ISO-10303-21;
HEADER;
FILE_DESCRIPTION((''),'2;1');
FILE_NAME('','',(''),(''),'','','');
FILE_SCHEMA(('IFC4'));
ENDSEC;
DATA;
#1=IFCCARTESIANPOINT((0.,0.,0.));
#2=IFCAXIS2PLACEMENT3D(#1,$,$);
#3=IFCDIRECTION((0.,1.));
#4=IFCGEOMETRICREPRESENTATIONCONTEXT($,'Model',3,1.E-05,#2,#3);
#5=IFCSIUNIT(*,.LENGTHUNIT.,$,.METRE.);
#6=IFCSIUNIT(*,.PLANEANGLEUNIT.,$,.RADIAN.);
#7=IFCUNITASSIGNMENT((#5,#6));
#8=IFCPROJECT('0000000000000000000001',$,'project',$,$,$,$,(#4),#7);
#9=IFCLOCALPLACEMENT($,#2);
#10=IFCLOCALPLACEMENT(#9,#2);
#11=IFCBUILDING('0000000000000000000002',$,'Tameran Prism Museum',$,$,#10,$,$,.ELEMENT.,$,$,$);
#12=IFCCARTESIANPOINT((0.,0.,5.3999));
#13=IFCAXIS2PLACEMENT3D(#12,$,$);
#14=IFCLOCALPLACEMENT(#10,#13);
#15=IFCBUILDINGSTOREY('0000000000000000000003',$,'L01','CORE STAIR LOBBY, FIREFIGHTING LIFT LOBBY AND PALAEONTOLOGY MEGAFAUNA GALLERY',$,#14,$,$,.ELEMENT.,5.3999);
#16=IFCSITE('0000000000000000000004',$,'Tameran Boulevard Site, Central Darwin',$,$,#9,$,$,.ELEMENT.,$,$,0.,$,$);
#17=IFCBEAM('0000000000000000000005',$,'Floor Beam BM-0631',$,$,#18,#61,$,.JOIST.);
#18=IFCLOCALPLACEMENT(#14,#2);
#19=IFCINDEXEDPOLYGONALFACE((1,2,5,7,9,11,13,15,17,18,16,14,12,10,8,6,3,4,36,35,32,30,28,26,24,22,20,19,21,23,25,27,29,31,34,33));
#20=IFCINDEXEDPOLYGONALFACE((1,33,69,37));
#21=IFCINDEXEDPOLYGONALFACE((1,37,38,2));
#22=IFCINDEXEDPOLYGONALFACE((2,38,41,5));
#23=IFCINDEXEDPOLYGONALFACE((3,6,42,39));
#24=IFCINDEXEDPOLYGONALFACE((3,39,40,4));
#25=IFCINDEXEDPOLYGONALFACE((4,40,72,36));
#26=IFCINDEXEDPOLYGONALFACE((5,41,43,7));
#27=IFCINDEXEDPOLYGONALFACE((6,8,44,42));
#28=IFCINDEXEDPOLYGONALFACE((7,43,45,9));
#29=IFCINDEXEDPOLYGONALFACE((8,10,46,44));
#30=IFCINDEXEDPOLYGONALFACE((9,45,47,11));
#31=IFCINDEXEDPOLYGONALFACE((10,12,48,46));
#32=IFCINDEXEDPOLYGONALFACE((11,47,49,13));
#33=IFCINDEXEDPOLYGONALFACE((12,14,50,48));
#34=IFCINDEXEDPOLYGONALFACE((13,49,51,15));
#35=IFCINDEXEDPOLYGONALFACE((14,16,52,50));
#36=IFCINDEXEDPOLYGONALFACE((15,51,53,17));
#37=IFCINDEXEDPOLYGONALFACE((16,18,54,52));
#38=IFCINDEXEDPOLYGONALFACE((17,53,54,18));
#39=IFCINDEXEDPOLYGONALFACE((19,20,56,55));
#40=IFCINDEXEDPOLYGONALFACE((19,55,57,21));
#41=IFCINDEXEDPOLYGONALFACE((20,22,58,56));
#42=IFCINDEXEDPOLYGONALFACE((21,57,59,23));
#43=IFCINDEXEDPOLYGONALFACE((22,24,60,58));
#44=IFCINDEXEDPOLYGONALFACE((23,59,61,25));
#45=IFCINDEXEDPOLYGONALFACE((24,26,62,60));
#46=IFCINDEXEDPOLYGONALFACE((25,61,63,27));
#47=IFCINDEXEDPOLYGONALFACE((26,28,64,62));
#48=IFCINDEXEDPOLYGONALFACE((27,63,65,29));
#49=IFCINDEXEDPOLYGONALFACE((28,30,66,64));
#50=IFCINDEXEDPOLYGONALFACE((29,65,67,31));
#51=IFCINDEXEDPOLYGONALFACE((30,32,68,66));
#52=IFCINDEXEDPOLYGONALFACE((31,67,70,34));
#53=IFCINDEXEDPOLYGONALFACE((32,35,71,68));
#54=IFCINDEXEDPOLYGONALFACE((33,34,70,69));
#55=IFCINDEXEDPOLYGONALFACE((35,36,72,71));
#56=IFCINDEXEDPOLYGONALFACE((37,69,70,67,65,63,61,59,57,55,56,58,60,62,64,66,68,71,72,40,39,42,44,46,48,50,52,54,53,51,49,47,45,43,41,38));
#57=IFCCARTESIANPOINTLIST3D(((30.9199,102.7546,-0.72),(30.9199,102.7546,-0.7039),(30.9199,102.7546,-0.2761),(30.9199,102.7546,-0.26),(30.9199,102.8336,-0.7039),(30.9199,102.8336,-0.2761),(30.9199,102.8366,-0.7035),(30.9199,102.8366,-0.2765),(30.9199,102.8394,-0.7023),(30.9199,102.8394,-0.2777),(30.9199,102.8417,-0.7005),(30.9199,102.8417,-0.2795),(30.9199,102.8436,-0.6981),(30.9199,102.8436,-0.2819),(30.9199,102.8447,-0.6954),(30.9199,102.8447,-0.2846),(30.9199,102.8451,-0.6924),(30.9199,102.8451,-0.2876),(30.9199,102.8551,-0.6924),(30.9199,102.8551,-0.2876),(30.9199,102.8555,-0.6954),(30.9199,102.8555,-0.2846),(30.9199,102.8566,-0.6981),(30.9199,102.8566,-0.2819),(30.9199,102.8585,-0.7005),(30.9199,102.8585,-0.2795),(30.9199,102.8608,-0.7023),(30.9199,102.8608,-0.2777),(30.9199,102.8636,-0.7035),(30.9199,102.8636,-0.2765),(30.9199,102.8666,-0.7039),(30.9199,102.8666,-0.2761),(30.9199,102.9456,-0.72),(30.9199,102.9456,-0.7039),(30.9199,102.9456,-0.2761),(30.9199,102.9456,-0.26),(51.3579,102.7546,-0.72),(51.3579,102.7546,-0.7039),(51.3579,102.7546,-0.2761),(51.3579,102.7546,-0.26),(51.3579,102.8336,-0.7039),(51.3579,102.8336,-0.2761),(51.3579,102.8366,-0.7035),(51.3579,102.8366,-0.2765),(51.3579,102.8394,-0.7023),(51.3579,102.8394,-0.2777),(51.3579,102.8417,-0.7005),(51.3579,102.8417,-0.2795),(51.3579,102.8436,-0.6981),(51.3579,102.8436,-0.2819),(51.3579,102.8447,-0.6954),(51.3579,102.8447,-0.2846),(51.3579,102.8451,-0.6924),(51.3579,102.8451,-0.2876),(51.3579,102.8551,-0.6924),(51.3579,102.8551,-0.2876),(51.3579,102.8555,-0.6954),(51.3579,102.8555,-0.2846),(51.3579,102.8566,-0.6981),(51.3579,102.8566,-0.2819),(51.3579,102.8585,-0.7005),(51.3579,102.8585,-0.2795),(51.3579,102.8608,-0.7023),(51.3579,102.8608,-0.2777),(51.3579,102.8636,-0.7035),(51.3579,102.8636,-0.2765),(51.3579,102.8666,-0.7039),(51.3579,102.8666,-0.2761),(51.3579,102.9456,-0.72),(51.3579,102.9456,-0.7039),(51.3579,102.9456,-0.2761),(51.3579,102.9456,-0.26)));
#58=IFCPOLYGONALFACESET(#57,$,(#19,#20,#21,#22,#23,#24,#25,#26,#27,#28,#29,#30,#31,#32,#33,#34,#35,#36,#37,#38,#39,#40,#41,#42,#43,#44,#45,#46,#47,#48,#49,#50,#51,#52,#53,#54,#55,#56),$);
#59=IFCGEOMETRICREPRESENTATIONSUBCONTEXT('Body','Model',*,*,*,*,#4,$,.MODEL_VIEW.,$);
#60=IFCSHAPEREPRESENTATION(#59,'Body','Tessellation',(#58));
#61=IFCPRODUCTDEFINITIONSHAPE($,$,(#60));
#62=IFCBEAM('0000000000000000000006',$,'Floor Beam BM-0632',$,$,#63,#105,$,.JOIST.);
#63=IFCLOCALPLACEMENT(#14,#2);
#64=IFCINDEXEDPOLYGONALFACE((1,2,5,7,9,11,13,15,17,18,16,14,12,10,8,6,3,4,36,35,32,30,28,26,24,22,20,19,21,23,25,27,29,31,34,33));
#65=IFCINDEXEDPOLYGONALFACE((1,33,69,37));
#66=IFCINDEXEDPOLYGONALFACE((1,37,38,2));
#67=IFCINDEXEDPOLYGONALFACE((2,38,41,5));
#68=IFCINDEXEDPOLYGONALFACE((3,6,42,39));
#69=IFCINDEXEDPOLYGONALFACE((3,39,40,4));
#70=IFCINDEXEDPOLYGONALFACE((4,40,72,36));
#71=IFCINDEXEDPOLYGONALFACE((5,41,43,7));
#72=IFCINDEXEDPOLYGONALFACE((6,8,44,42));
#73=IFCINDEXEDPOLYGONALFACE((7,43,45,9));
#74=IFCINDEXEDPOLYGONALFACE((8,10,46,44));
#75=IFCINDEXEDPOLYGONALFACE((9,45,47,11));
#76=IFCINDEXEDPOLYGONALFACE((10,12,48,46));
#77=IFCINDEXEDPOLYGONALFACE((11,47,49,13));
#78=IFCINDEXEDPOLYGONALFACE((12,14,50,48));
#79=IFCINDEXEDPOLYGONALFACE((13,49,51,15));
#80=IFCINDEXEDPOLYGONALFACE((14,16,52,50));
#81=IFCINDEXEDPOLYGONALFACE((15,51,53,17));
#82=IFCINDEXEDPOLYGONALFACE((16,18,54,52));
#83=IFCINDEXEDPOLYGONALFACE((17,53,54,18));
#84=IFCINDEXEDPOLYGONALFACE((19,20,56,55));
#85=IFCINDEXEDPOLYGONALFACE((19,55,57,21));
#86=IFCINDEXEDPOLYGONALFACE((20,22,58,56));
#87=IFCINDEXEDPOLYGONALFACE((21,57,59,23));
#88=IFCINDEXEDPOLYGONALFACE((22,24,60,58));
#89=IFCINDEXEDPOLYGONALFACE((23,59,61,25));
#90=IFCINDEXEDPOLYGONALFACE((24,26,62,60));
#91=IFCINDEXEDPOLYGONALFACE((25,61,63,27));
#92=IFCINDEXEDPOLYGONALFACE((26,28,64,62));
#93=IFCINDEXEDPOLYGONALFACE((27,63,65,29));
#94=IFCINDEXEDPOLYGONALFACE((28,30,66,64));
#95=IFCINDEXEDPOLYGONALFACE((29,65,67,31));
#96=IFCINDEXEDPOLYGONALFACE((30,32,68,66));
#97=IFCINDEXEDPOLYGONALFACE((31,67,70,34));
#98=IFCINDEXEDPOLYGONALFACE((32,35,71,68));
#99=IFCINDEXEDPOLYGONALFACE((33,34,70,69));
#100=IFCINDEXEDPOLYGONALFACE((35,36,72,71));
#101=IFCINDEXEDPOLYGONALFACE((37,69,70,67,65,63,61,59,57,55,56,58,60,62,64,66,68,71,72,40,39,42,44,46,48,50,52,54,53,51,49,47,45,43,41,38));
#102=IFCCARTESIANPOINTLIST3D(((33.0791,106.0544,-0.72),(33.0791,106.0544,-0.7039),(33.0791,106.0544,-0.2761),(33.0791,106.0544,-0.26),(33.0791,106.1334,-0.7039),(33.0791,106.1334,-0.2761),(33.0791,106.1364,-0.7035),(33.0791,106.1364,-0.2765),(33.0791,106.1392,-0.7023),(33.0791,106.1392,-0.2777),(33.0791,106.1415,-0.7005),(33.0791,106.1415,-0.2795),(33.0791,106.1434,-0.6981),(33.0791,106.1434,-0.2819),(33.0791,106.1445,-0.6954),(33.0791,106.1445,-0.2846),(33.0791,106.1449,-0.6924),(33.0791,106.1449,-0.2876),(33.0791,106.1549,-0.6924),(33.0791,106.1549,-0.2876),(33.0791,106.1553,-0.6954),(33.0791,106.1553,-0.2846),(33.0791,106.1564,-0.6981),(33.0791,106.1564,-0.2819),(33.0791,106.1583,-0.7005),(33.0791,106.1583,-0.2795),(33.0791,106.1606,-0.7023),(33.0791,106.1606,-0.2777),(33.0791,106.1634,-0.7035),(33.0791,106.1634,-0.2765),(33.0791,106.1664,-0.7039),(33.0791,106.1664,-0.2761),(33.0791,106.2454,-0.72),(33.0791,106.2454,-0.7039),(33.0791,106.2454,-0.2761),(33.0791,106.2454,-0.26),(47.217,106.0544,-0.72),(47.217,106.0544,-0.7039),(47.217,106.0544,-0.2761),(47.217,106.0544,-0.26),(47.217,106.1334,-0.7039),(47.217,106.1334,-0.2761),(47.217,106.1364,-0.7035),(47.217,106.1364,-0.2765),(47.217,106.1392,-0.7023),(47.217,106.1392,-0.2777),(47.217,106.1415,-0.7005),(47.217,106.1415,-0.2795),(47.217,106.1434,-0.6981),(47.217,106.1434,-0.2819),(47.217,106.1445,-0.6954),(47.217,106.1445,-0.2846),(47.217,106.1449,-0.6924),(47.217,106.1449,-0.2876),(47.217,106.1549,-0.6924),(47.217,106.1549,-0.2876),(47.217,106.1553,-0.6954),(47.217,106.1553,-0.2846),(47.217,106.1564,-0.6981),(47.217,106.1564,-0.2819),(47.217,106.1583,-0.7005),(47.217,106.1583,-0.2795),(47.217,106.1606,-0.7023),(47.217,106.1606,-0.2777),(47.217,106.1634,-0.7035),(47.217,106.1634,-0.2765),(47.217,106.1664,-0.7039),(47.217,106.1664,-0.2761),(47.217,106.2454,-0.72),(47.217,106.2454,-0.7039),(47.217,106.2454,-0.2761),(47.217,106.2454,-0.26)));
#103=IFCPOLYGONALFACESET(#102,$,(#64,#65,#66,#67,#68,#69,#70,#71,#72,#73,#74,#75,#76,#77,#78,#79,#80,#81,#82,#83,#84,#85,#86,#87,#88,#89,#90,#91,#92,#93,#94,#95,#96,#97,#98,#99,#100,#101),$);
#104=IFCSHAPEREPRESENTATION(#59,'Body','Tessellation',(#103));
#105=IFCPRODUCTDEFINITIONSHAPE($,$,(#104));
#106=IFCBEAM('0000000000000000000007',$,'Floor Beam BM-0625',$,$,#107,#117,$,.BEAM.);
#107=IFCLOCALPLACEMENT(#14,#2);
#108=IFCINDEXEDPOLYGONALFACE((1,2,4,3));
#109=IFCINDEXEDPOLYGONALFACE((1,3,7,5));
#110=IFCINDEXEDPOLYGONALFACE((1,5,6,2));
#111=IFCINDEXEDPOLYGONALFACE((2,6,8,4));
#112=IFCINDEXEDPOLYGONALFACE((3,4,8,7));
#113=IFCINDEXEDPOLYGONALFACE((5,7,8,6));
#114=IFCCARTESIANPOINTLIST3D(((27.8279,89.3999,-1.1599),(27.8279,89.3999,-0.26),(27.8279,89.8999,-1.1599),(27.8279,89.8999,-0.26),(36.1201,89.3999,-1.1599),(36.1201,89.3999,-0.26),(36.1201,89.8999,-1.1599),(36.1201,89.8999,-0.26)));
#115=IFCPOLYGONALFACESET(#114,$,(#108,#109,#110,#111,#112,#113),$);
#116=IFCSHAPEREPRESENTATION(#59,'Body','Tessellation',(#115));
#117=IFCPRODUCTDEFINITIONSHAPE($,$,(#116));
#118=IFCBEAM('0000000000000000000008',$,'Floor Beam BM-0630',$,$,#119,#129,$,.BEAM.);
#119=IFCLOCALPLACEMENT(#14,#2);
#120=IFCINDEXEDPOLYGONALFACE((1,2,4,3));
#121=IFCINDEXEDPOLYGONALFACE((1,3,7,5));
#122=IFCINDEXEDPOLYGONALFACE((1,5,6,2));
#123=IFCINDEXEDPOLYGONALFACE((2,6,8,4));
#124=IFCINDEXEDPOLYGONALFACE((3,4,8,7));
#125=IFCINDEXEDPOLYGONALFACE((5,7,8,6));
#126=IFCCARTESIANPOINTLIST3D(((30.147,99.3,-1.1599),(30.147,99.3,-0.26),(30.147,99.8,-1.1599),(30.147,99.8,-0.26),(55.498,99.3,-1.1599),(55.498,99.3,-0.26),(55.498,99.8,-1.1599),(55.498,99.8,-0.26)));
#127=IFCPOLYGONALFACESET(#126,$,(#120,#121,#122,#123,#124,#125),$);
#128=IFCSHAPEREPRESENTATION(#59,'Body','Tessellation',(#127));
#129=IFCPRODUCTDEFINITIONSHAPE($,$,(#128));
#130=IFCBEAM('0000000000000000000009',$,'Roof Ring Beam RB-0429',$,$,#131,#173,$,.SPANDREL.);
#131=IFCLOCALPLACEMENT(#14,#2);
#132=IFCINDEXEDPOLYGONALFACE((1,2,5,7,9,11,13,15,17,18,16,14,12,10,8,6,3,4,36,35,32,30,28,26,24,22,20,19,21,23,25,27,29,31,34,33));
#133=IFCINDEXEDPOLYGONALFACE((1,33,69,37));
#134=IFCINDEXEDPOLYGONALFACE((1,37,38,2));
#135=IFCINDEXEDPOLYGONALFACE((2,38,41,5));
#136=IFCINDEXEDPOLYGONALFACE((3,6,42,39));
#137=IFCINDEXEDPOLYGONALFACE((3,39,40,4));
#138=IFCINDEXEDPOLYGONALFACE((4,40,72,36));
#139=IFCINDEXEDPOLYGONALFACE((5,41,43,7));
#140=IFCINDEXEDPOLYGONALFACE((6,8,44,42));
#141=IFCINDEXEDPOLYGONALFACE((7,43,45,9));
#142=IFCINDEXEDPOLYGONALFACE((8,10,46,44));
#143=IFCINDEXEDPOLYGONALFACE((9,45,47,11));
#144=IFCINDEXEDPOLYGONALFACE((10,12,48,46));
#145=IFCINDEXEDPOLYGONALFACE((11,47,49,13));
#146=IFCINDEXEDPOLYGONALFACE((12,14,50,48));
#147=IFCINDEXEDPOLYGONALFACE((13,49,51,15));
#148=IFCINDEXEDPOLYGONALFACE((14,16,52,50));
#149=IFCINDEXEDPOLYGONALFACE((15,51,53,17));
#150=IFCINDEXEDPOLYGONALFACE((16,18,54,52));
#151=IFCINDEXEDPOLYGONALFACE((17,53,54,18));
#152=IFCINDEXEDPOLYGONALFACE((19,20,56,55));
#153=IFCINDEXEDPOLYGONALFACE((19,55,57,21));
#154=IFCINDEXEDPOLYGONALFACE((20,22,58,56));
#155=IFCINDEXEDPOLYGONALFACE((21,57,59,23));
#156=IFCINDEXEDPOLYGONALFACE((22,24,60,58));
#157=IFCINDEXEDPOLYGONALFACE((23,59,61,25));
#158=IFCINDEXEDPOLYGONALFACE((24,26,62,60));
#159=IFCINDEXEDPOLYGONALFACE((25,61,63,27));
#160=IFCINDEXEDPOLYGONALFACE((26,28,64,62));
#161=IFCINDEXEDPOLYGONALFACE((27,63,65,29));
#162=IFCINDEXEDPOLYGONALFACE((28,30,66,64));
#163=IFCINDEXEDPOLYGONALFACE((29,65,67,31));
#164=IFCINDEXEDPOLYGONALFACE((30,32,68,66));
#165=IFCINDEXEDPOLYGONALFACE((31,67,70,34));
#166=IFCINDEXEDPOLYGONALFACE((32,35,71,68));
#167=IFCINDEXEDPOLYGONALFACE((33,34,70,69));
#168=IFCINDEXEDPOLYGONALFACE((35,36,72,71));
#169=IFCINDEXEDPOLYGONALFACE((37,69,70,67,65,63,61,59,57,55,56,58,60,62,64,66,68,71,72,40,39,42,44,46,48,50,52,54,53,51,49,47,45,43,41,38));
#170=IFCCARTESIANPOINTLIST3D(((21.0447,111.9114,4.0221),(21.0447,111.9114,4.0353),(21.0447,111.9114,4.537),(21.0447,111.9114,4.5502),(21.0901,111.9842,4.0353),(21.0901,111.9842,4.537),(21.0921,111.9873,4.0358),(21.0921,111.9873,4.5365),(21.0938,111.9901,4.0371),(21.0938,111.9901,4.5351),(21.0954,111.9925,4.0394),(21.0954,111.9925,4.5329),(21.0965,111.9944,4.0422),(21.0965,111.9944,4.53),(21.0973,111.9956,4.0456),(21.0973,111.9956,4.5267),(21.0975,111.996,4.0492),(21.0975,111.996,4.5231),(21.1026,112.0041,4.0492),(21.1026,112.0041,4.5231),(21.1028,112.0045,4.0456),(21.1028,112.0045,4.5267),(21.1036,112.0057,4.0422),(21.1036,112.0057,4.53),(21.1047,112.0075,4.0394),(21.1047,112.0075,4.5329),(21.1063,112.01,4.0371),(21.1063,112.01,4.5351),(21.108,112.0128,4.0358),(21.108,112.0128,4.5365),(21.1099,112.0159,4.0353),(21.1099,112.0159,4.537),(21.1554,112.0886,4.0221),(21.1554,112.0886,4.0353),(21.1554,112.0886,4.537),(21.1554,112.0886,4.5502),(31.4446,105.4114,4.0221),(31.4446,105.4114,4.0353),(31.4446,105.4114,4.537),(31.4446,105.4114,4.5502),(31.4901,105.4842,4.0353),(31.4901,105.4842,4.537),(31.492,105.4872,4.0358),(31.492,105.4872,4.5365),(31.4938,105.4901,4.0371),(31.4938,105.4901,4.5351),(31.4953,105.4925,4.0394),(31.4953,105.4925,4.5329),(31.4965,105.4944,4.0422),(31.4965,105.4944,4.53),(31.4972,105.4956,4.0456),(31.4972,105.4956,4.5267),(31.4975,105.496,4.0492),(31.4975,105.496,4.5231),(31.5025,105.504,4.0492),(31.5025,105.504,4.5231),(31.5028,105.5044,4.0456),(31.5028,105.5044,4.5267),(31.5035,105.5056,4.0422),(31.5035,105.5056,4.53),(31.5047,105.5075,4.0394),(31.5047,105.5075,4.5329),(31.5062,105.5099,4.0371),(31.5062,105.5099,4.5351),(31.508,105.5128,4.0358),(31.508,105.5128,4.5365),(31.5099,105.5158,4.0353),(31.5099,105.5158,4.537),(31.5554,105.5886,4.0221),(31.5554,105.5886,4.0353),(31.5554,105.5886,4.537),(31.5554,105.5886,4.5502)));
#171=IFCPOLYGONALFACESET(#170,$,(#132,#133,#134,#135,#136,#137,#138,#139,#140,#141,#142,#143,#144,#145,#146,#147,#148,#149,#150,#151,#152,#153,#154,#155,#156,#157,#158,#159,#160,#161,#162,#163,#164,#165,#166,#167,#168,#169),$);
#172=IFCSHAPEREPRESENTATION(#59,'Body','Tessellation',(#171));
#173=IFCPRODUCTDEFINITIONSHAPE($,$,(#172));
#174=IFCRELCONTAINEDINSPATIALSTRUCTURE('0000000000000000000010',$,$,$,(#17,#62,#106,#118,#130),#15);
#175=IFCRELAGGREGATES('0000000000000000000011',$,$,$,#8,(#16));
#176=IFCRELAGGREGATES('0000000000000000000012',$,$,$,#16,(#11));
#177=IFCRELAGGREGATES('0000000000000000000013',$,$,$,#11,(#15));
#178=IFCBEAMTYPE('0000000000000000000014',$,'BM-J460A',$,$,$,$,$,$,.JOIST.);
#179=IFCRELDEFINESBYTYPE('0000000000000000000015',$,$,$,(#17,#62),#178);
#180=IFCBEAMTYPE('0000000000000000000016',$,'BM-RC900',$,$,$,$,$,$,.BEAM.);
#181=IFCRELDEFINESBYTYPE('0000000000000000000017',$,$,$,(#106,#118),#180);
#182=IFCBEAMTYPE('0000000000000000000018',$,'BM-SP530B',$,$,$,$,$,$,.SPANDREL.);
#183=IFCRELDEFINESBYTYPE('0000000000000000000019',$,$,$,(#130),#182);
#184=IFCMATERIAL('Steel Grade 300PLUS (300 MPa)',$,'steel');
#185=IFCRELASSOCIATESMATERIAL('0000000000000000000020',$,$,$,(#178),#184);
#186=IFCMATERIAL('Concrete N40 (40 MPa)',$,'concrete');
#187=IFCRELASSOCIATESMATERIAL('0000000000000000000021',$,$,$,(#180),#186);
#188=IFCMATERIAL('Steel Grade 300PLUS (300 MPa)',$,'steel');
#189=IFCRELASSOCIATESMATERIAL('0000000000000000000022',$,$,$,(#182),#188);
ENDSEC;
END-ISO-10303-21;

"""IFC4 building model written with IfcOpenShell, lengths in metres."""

from ifc_helpers import new_model, si_unit, direction, frame, origin, origin_2d, place, context, subcontext, project, spatial, rectangle, i_section, extrude, material, material_profile, profile_set, type_object, element, save


model = new_model("IFC4")

# Units and contexts
model_context = context("Model", 3, precision=1e-05, world=origin(), true_north=direction((0.0, 1.0)))
body_context = subcontext(model_context, "Body", "Model", "MODEL_VIEW")
ifc_project = project(units=[si_unit("LENGTHUNIT", "METRE"), si_unit("PLANEANGLEUNIT", "RADIAN")], contexts=[model_context])

# Site, building, storey
site_placement = place(None, origin())
site = spatial("IfcSite", under=ifc_project, at=site_placement, Name="Tameran Boulevard Site, Central Darwin", CompositionType="ELEMENT", RefElevation=0.0)
building_placement = place(site_placement, origin())
building = spatial("IfcBuilding", under=site, at=building_placement, Name="Tameran Prism Museum", CompositionType="ELEMENT")
storey_placement = place(building_placement, frame((0.0, 0.0, 5.3999)))
storey = spatial("IfcBuildingStorey", under=building, at=storey_placement, Name="L01", Description="CORE STAIR LOBBY, FIREFIGHTING LIFT LOBBY AND PALAEONTOLOGY MEGAFAUNA GALLERY", CompositionType="ELEMENT", Elevation=5.3999)

# Beams
ifc_material_1 = material(Name="Steel Grade 300PLUS (300 MPa)", Category="steel")
ifc_material_profile_1 = material_profile(ifc_material_1, i_section(OverallWidth=0.1909, OverallDepth=0.46, WebThickness=0.01, FlangeThickness=0.0161, FilletRadius=0.0115, at=origin_2d()))
ifc_profile_set_1 = profile_set([ifc_material_profile_1])
beam_type_1 = type_object("IfcBeamType", Name="BM-J460A", PredefinedType="JOIST", material=ifc_profile_set_1)
beam_1_placement = place(storey_placement, frame((30.9199, 102.8501, -0.49), z_axis=(1.0, 0.0, 0.0), x_axis=(0.0, 1.0, 0.0)))
element("IfcBeam", 1, at=beam_1_placement, inside=storey, type_object=beam_type_1, Name="Floor Beam BM-0631", PredefinedType="JOIST", context=body_context, shape_type="SweptSolid", body=[
    extrude(i_section(OverallWidth=0.1909, OverallDepth=0.46, WebThickness=0.01, FlangeThickness=0.0161, FilletRadius=0.0115, at=origin_2d()), origin(), (0.0, 0.0, 1.0), 20.438),
])
beam_2_placement = place(storey_placement, frame((33.0791, 106.1499, -0.49), z_axis=(1.0, 0.0, 0.0), x_axis=(0.0, 1.0, 0.0)))
element("IfcBeam", 2, at=beam_2_placement, inside=storey, type_object=beam_type_1, Name="Floor Beam BM-0632", PredefinedType="JOIST", context=body_context, shape_type="SweptSolid", body=[
    extrude(i_section(OverallWidth=0.1909, OverallDepth=0.46, WebThickness=0.01, FlangeThickness=0.0161, FilletRadius=0.0115, at=origin_2d()), origin(), (0.0, 0.0, 1.0), 14.1379),
])
ifc_material_2 = material(Name="Concrete N40 (40 MPa)", Category="concrete")
ifc_material_profile_2 = material_profile(ifc_material_2, rectangle(XDim=0.5, YDim=0.8999, at=origin_2d()))
ifc_profile_set_2 = profile_set([ifc_material_profile_2])
beam_type_2 = type_object("IfcBeamType", Name="BM-RC900", PredefinedType="BEAM", material=ifc_profile_set_2)
beam_3_placement = place(storey_placement, frame((27.8279, 89.6499, -0.71), z_axis=(1.0, 0.0, 0.0), x_axis=(0.0, 1.0, 0.0)))
element("IfcBeam", 3, at=beam_3_placement, inside=storey, type_object=beam_type_2, Name="Floor Beam BM-0625", PredefinedType="BEAM", context=body_context, shape_type="SweptSolid", body=[
    extrude(rectangle(XDim=0.5, YDim=0.8999, at=origin_2d()), origin(), (0.0, 0.0, 1.0), 8.2922),
])
beam_4_placement = place(storey_placement, frame((30.147, 99.55, -0.71), z_axis=(1.0, 0.0, 0.0), x_axis=(0.0, 1.0, 0.0)))
element("IfcBeam", 4, at=beam_4_placement, inside=storey, type_object=beam_type_2, Name="Floor Beam BM-0630", PredefinedType="BEAM", context=body_context, shape_type="SweptSolid", body=[
    extrude(rectangle(XDim=0.5, YDim=0.8999, at=origin_2d()), origin(), (0.0, 0.0, 1.0), 25.3511),
])
ifc_material_3 = material(Name="Steel Grade 300PLUS (300 MPa)", Category="steel")
ifc_material_profile_3 = material_profile(ifc_material_3, i_section(OverallWidth=0.209, OverallDepth=0.5281, WebThickness=0.0095, FlangeThickness=0.0132, FilletRadius=0.0139, at=origin_2d()))
ifc_profile_set_3 = profile_set([ifc_material_profile_3])
beam_type_3 = type_object("IfcBeamType", Name="BM-SP530B", PredefinedType="SPANDREL", material=ifc_profile_set_3)
beam_5_placement = place(storey_placement, frame((31.5, 105.5, 4.2861), z_axis=(-0.847996, 0.530003, 0.0), x_axis=(-0.530003, -0.847996, 0.0)))
element("IfcBeam", 5, at=beam_5_placement, inside=storey, type_object=beam_type_3, Name="Roof Ring Beam RB-0429", PredefinedType="SPANDREL", context=body_context, shape_type="SweptSolid", body=[
    extrude(i_section(OverallWidth=0.209, OverallDepth=0.5281, WebThickness=0.0095, FlangeThickness=0.0132, FilletRadius=0.0139, at=origin_2d()), origin(), (0.0, 0.0, 1.0), 12.2642),
])

save(model, "model.ifc")
